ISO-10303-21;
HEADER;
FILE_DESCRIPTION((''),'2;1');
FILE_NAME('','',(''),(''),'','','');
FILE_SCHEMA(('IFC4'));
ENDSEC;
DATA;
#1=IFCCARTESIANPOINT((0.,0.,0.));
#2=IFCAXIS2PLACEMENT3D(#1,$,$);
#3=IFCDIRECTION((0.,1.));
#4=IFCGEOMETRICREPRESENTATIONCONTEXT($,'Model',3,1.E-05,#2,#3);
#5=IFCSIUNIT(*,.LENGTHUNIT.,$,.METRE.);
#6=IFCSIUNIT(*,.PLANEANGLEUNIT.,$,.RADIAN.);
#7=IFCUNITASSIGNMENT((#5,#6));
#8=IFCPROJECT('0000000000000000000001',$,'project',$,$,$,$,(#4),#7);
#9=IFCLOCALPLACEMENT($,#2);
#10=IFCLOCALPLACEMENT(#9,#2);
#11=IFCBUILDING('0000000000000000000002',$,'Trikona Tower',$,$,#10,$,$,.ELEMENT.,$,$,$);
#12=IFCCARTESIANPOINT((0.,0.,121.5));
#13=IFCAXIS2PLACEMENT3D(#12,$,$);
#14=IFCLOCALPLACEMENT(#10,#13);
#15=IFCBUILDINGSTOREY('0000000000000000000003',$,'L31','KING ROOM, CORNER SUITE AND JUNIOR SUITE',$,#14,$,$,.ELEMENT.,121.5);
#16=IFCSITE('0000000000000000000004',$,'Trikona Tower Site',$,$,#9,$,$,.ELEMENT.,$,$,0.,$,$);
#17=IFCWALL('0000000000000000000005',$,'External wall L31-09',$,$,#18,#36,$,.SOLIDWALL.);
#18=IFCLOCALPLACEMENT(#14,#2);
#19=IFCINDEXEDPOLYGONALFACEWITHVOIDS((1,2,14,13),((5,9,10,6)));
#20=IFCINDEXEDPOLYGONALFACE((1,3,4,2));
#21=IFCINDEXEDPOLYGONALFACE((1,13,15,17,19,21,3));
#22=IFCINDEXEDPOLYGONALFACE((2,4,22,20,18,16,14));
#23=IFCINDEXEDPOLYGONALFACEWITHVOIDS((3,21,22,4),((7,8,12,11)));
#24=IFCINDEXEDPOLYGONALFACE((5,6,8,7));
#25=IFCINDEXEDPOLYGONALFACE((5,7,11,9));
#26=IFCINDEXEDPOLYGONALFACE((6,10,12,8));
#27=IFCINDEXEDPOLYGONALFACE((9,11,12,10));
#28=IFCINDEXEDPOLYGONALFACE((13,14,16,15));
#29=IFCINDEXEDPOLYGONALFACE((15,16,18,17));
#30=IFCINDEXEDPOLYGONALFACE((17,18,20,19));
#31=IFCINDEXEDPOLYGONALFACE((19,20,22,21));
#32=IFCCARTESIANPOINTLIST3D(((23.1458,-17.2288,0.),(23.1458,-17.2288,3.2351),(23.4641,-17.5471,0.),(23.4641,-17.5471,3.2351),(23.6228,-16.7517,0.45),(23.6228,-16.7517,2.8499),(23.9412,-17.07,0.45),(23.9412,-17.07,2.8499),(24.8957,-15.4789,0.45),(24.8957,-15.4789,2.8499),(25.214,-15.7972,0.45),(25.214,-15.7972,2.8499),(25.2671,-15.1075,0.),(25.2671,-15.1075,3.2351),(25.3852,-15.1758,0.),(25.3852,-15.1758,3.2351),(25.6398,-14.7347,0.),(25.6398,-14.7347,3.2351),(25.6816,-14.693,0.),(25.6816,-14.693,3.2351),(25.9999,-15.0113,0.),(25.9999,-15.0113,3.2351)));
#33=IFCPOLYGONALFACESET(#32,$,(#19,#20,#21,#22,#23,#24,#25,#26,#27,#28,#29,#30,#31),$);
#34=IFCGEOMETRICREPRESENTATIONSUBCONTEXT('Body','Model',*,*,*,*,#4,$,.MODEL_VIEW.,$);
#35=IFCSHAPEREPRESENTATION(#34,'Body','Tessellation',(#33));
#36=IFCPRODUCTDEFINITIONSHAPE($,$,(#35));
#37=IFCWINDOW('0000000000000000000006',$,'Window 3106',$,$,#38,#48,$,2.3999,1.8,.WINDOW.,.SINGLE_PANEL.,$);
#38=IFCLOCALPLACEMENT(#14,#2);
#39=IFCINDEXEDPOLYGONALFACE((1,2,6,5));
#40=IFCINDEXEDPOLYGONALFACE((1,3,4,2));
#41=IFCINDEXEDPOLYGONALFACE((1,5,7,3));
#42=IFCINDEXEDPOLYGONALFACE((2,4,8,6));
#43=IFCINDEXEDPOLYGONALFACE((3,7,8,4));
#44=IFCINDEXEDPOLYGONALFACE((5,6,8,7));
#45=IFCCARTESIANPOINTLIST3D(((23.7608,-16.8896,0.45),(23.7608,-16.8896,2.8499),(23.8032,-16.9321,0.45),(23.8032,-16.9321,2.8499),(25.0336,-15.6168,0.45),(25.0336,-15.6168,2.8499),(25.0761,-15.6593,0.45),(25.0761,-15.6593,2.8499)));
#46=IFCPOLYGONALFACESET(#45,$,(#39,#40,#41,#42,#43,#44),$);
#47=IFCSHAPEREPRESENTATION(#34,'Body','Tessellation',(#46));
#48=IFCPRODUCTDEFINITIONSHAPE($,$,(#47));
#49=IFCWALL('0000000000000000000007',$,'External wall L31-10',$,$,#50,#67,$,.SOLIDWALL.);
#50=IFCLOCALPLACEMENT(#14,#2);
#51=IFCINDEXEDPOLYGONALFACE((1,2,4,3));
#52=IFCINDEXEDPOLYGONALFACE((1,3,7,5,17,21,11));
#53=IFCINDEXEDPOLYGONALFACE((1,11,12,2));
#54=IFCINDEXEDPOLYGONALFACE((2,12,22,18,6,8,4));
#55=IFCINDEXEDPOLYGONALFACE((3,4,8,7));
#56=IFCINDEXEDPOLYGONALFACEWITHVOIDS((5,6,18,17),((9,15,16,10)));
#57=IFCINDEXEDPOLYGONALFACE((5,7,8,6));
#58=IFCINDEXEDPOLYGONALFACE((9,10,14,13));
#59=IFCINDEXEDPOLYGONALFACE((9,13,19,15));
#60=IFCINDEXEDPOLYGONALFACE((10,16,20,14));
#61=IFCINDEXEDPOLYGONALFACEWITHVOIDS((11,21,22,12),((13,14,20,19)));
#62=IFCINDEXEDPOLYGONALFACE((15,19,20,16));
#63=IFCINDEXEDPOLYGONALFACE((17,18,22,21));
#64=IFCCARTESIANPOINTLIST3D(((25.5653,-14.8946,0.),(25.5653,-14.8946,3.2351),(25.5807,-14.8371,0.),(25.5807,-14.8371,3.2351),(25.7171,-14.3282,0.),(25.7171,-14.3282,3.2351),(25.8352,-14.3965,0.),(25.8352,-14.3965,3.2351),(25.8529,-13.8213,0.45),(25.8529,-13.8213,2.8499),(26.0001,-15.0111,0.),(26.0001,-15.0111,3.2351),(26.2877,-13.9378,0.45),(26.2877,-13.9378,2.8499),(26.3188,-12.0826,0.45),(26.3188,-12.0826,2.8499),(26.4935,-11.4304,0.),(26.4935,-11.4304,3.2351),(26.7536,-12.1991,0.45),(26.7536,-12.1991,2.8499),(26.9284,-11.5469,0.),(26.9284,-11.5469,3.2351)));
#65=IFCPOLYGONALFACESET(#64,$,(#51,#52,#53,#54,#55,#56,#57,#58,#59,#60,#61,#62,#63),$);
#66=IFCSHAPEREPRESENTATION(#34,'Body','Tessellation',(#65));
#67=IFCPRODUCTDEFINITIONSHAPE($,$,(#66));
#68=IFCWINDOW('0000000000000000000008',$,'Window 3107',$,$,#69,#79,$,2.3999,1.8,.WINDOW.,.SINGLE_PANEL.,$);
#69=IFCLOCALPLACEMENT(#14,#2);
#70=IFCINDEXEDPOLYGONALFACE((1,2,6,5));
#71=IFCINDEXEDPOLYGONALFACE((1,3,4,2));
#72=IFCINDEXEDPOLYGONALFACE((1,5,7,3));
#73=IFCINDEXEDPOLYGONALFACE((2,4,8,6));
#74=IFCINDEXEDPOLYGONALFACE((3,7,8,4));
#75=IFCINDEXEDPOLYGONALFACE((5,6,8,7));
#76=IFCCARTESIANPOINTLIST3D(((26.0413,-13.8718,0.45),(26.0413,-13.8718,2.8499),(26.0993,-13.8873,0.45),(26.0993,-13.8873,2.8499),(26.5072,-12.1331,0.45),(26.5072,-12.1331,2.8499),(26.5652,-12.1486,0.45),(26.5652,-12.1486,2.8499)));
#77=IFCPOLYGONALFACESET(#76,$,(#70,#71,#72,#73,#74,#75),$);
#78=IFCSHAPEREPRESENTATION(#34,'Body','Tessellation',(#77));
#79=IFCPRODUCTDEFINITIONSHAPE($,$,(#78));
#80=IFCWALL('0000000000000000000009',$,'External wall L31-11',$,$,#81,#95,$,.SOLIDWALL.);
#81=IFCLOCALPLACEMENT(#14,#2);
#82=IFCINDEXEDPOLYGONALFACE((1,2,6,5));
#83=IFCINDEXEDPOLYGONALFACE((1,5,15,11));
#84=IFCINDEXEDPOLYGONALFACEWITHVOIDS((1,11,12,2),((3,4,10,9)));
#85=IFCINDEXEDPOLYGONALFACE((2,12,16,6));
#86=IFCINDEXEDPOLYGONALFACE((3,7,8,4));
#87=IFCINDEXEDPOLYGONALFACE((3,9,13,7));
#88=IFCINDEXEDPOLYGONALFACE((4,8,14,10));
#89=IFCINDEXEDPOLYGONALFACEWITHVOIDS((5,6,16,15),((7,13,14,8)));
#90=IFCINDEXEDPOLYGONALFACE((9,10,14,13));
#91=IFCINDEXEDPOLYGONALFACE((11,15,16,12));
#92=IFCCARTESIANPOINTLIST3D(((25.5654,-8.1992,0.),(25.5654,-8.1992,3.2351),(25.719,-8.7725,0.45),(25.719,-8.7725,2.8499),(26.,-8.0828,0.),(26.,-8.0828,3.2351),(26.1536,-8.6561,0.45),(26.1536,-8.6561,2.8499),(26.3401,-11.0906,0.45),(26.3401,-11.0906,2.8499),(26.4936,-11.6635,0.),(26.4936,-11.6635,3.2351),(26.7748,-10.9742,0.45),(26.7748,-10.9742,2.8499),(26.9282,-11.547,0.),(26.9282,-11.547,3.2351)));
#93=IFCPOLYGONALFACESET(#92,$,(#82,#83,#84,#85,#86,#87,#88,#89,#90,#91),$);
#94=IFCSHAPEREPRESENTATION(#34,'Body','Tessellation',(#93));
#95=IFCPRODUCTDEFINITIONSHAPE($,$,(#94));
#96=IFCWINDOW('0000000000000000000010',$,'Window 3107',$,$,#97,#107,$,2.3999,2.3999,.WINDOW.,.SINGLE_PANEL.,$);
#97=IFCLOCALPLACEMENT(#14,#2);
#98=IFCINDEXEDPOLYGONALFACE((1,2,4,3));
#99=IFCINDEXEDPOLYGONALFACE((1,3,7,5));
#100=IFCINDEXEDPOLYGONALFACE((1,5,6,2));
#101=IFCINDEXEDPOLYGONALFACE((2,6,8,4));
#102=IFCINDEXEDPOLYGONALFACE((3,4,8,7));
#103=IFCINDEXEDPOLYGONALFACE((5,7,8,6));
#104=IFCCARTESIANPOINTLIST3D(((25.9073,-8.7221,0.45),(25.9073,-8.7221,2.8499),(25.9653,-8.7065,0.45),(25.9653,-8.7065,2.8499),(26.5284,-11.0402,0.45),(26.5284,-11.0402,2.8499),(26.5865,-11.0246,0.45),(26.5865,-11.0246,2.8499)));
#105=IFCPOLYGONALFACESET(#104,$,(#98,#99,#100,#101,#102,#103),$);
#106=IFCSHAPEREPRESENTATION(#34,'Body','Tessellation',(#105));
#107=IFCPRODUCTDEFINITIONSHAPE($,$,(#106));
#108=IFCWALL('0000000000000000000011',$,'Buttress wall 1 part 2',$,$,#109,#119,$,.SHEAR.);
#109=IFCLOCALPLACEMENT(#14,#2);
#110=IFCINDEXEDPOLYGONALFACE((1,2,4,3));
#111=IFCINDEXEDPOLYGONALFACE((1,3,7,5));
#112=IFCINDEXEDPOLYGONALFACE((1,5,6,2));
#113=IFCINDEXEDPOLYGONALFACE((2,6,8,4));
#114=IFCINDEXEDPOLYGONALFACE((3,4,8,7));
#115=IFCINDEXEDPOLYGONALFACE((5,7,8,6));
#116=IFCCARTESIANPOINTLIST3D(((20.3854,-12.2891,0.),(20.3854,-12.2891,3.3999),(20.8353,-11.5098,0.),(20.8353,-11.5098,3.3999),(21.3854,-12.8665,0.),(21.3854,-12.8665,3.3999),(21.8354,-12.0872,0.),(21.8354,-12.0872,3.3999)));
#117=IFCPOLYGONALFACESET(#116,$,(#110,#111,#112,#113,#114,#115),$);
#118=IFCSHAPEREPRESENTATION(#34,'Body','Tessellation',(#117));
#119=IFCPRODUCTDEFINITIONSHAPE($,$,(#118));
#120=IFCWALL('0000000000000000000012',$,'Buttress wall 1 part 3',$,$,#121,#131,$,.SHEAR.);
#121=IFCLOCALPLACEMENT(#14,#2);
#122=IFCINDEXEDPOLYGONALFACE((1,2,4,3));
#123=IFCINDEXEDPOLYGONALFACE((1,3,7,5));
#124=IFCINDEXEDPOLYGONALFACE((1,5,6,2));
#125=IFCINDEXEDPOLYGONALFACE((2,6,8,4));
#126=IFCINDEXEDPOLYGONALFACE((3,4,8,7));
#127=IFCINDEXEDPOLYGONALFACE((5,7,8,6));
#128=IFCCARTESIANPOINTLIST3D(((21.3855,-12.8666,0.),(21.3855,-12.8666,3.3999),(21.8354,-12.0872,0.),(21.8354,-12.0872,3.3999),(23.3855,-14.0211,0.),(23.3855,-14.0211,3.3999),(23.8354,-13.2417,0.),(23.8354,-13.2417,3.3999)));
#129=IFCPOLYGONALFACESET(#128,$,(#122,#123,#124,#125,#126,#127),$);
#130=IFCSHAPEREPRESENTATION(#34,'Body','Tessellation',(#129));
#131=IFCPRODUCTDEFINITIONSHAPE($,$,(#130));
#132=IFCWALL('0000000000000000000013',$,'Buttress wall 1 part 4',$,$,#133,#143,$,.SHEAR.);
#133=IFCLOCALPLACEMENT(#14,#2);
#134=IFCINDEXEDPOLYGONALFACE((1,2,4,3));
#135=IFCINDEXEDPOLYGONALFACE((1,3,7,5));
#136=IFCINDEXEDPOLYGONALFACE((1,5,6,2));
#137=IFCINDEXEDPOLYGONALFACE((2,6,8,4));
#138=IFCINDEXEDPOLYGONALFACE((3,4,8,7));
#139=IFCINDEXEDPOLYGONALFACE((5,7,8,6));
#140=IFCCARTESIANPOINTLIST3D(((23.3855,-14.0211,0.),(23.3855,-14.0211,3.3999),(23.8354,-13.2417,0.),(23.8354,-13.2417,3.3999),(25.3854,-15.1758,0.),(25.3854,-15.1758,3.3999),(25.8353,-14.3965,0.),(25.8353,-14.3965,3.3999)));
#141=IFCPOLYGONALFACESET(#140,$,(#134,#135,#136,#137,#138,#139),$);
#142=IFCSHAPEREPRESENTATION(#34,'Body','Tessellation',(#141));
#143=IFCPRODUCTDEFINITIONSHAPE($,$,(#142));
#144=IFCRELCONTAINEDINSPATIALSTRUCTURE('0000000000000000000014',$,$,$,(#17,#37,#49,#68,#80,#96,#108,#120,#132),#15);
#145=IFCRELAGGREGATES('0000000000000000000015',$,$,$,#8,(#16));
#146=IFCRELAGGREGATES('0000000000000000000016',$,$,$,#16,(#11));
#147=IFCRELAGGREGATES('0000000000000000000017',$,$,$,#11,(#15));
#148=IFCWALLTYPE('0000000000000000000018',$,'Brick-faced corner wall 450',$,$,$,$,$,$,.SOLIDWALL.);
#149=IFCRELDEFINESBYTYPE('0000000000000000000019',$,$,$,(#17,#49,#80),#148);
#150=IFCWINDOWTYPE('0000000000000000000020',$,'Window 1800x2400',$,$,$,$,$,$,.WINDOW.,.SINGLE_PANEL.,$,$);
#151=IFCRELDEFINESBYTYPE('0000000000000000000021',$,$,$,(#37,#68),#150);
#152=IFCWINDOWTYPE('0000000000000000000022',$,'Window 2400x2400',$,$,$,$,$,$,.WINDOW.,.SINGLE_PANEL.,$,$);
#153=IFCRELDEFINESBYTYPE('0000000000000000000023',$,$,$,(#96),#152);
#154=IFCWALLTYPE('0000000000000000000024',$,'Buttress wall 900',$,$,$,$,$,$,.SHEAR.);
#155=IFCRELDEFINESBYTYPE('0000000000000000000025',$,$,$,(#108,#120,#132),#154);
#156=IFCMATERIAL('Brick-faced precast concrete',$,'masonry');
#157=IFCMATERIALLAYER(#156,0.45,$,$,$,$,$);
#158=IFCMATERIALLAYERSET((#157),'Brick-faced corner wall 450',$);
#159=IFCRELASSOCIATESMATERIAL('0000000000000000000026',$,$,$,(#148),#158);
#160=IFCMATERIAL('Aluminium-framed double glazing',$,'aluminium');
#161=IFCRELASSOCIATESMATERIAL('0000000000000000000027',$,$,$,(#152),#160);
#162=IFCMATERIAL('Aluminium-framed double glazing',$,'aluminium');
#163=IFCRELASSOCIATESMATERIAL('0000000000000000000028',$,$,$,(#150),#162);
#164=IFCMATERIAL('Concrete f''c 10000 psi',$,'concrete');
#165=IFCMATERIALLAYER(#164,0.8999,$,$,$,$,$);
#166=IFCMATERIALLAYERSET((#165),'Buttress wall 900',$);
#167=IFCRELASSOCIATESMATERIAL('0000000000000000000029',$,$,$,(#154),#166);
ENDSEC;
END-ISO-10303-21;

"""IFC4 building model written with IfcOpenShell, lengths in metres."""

from ifc_helpers import new_model, si_unit, direction, frame, frame_2d, origin, place, context, subcontext, project, spatial, polyline, rectangle, outline, extrude, material, layer, layer_set, type_object, element, fill, save


model = new_model("IFC4")

# Units and contexts
model_context = context("Model", 3, precision=1e-05, world=origin(), true_north=direction((0.0, 1.0)))
body_context = subcontext(model_context, "Body", "Model", "MODEL_VIEW")
ifc_project = project(units=[si_unit("LENGTHUNIT", "METRE"), si_unit("PLANEANGLEUNIT", "RADIAN")], contexts=[model_context])

# Site, building, storey
site_placement = place(None, origin())
site = spatial("IfcSite", under=ifc_project, at=site_placement, Name="Trikona Tower Site", CompositionType="ELEMENT", RefElevation=0.0)
building_placement = place(site_placement, origin())
building = spatial("IfcBuilding", under=site, at=building_placement, Name="Trikona Tower", CompositionType="ELEMENT")
storey_placement = place(building_placement, frame((0.0, 0.0, 121.5)))
storey = spatial("IfcBuildingStorey", under=building, at=storey_placement, Name="L31", Description="KING ROOM, CORNER SUITE AND JUNIOR SUITE", CompositionType="ELEMENT", Elevation=121.5)

# Walls, openings, windows
ifc_material_1 = material(Name="Brick-faced precast concrete", Category="masonry")
ifc_layer_1 = layer(ifc_material_1, 0.45)
ifc_layer_set_1 = layer_set([ifc_layer_1], Name="Brick-faced corner wall 450")
wall_type_1 = type_object("IfcWallType", Name="Brick-faced corner wall 450", PredefinedType="SOLIDWALL", material=ifc_layer_set_1)
ifc_material_2 = material(Name="Aluminium-framed double glazing", Category="aluminium")
window_type_1 = type_object("IfcWindowType", Name="Window 2400x2400", PartitioningType="SINGLE_PANEL", PredefinedType="WINDOW", material=ifc_material_2)
wall_1_placement = place(storey_placement, frame((23.3049, -17.3879, 0.0), z_axis=(0.0, 0.0, 1.0), x_axis=(0.707107, 0.707107, 0.0)))
wall_1 = element("IfcWall", 1, at=wall_1_placement, inside=storey, type_object=wall_type_1, Name="External wall L31-09", PredefinedType="SOLIDWALL", context=body_context, shape_type="SweptSolid", body=[
    extrude(outline(polyline([(3.5862, 0.2251), (3.5271, 0.2251), (3.0352, 0.0933), (3.0, 0.2251), (0.0, 0.2251), (0.0, -0.2251), (3.5862, -0.2251), (3.5862, 0.2251)])), origin(), (0.0, 0.0, 1.0), 3.2351),
])
opening_1_placement = place(wall_1_placement, frame((0.6748, 0.0, 0.45)))
opening_1 = element("IfcOpeningElement", 2, at=opening_1_placement, cuts=wall_1, PredefinedType="OPENING", context=body_context, shape_type="SweptSolid", body=[
    extrude(rectangle(XDim=1.8, YDim=2.3999, at=frame_2d((0.8999, 1.2))), frame((0.0, 0.2349, 0.0), z_axis=(0.0, -1.0, 0.0), x_axis=(1.0, 0.0, 0.0)), (0.0, 0.0, 1.0), 0.47),
])
ifc_material_3 = material(Name="Aluminium-framed double glazing", Category="aluminium")
window_type_2 = type_object("IfcWindowType", Name="Window 1800x2400", PartitioningType="SINGLE_PANEL", PredefinedType="WINDOW", material=ifc_material_3)
window_1_placement = place(opening_1_placement, origin())
window_1 = element("IfcWindow", 3, at=window_1_placement, inside=storey, type_object=window_type_2, Name="Window 3106", OverallHeight=2.3999, OverallWidth=1.8, PartitioningType="SINGLE_PANEL", PredefinedType="WINDOW", context=body_context, shape_type="SweptSolid", body=[
    extrude(rectangle(XDim=1.8, YDim=2.3999, at=frame_2d((0.8999, 1.2))), frame((0.0, 0.03, 0.0), z_axis=(0.0, -1.0, 0.0), x_axis=(1.0, 0.0, 0.0)), (0.0, 0.0, 1.0), 0.0601),
])
fill(opening_1, window_1)
wall_2_placement = place(storey_placement, frame((25.7827, -14.9529, 0.0), z_axis=(0.0, 0.0, 1.0), x_axis=(0.258823, 0.965925, 0.0)))
wall_2 = element("IfcWall", 4, at=wall_2_placement, inside=storey, type_object=wall_type_1, Name="External wall L31-10", PredefinedType="SOLIDWALL", context=body_context, shape_type="SweptSolid", body=[
    extrude(outline(polyline([(3.5864, 0.2251), (0.5864, 0.2251), (0.551, 0.0933), (0.0596, 0.2251), (0.0, 0.2251), (0.0, -0.2251), (3.5864, -0.2251), (3.5864, 0.2251)])), origin(), (0.0, 0.0, 1.0), 3.2351),
])
opening_2_placement = place(wall_2_placement, frame((1.1113, 0.0, 0.45)))
opening_2 = element("IfcOpeningElement", 5, at=opening_2_placement, cuts=wall_2, PredefinedType="OPENING", context=body_context, shape_type="SweptSolid", body=[
    extrude(rectangle(XDim=1.8, YDim=2.3999, at=frame_2d((0.8999, 1.2))), frame((0.0, 0.2349, 0.0), z_axis=(0.0, -1.0, 0.0), x_axis=(1.0, 0.0, 0.0)), (0.0, 0.0, 1.0), 0.47),
])
window_2_placement = place(opening_2_placement, origin())
window_2 = element("IfcWindow", 6, at=window_2_placement, inside=storey, type_object=window_type_2, Name="Window 3107", OverallHeight=2.3999, OverallWidth=1.8, PartitioningType="SINGLE_PANEL", PredefinedType="WINDOW", context=body_context, shape_type="SweptSolid", body=[
    extrude(rectangle(XDim=1.8, YDim=2.3999, at=frame_2d((0.8999, 1.2))), frame((0.0, 0.03, 0.0), z_axis=(0.0, -1.0, 0.0), x_axis=(1.0, 0.0, 0.0)), (0.0, 0.0, 1.0), 0.0601),
])
fill(opening_2, window_2)
wall_3_placement = place(storey_placement, frame((26.7109, -11.6052, 0.0), z_axis=(0.0, 0.0, 1.0), x_axis=(-0.258823, 0.965925, 0.0)))
wall_3 = element("IfcWall", 7, at=wall_3_placement, inside=storey, type_object=wall_type_1, Name="External wall L31-11", PredefinedType="SOLIDWALL", context=body_context, shape_type="SweptSolid", body=[
    extrude(rectangle(XDim=3.5864, YDim=0.45, at=frame_2d((1.7932, 0.0))), origin(), (0.0, 0.0, 1.0), 3.2351),
])
opening_3_placement = place(wall_3_placement, frame((0.593, 0.0, 0.45)))
opening_3 = element("IfcOpeningElement", 8, at=opening_3_placement, cuts=wall_3, PredefinedType="OPENING", context=body_context, shape_type="SweptSolid", body=[
    extrude(rectangle(XDim=2.3999, YDim=2.3999, at=frame_2d((1.2, 1.2))), frame((0.0, 0.2349, 0.0), z_axis=(0.0, -1.0, 0.0), x_axis=(1.0, 0.0, 0.0)), (0.0, 0.0, 1.0), 0.47),
])
window_3_placement = place(opening_3_placement, origin())
window_3 = element("IfcWindow", 9, at=window_3_placement, inside=storey, type_object=window_type_1, Name="Window 3107", OverallHeight=2.3999, OverallWidth=2.3999, PartitioningType="SINGLE_PANEL", PredefinedType="WINDOW", context=body_context, shape_type="SweptSolid", body=[
    extrude(rectangle(XDim=2.3999, YDim=2.3999, at=frame_2d((1.2, 1.2))), frame((0.0, 0.03, 0.0), z_axis=(0.0, -1.0, 0.0), x_axis=(1.0, 0.0, 0.0)), (0.0, 0.0, 1.0), 0.0601),
])
fill(opening_3, window_3)

# Walls
ifc_material_4 = material(Name="Concrete f'c 10000 psi", Category="concrete")
ifc_layer_2 = layer(ifc_material_4, 0.8999)
ifc_layer_set_2 = layer_set([ifc_layer_2], Name="Buttress wall 900")
wall_type_2 = type_object("IfcWallType", Name="Buttress wall 900", PredefinedType="SHEAR", material=ifc_layer_set_2)
wall_4_placement = place(storey_placement, frame((20.6104, -11.8994, 0.0), z_axis=(0.0, 0.0, 1.0), x_axis=(0.86601, -0.500027, 0.0)))
element("IfcWall", 10, at=wall_4_placement, inside=storey, type_object=wall_type_2, Name="Buttress wall 1 part 2", PredefinedType="SHEAR", context=body_context, shape_type="SweptSolid", body=[
    extrude(rectangle(XDim=1.1548, YDim=0.8999, at=frame_2d((0.5774, 0.0))), origin(), (0.0, 0.0, 1.0), 3.3999),
])
for number, where, z_axis, x_axis, name in (
    (11, (21.6104, -12.4768, 0.0), (0.0, 0.0, 1.0), (0.866055, -0.499948, 0.0), "Buttress wall 1 part 3"),
    (12, (23.6104, -13.6313, 0.0), (0.0, 0.0, 1.0), (0.86601, -0.500027, 0.0), "Buttress wall 1 part 4"),
):
    element("IfcWall", number, at=place(storey_placement, frame(where, z_axis=z_axis, x_axis=x_axis)), inside=storey, type_object=wall_type_2, Name=name, PredefinedType="SHEAR", context=body_context, shape_type="SweptSolid", body=[
        extrude(rectangle(XDim=2.3093, YDim=0.8999, at=frame_2d((1.1548, 0.0))), origin(), (0.0, 0.0, 1.0), 3.3999),
    ])

save(model, "model.ifc")
